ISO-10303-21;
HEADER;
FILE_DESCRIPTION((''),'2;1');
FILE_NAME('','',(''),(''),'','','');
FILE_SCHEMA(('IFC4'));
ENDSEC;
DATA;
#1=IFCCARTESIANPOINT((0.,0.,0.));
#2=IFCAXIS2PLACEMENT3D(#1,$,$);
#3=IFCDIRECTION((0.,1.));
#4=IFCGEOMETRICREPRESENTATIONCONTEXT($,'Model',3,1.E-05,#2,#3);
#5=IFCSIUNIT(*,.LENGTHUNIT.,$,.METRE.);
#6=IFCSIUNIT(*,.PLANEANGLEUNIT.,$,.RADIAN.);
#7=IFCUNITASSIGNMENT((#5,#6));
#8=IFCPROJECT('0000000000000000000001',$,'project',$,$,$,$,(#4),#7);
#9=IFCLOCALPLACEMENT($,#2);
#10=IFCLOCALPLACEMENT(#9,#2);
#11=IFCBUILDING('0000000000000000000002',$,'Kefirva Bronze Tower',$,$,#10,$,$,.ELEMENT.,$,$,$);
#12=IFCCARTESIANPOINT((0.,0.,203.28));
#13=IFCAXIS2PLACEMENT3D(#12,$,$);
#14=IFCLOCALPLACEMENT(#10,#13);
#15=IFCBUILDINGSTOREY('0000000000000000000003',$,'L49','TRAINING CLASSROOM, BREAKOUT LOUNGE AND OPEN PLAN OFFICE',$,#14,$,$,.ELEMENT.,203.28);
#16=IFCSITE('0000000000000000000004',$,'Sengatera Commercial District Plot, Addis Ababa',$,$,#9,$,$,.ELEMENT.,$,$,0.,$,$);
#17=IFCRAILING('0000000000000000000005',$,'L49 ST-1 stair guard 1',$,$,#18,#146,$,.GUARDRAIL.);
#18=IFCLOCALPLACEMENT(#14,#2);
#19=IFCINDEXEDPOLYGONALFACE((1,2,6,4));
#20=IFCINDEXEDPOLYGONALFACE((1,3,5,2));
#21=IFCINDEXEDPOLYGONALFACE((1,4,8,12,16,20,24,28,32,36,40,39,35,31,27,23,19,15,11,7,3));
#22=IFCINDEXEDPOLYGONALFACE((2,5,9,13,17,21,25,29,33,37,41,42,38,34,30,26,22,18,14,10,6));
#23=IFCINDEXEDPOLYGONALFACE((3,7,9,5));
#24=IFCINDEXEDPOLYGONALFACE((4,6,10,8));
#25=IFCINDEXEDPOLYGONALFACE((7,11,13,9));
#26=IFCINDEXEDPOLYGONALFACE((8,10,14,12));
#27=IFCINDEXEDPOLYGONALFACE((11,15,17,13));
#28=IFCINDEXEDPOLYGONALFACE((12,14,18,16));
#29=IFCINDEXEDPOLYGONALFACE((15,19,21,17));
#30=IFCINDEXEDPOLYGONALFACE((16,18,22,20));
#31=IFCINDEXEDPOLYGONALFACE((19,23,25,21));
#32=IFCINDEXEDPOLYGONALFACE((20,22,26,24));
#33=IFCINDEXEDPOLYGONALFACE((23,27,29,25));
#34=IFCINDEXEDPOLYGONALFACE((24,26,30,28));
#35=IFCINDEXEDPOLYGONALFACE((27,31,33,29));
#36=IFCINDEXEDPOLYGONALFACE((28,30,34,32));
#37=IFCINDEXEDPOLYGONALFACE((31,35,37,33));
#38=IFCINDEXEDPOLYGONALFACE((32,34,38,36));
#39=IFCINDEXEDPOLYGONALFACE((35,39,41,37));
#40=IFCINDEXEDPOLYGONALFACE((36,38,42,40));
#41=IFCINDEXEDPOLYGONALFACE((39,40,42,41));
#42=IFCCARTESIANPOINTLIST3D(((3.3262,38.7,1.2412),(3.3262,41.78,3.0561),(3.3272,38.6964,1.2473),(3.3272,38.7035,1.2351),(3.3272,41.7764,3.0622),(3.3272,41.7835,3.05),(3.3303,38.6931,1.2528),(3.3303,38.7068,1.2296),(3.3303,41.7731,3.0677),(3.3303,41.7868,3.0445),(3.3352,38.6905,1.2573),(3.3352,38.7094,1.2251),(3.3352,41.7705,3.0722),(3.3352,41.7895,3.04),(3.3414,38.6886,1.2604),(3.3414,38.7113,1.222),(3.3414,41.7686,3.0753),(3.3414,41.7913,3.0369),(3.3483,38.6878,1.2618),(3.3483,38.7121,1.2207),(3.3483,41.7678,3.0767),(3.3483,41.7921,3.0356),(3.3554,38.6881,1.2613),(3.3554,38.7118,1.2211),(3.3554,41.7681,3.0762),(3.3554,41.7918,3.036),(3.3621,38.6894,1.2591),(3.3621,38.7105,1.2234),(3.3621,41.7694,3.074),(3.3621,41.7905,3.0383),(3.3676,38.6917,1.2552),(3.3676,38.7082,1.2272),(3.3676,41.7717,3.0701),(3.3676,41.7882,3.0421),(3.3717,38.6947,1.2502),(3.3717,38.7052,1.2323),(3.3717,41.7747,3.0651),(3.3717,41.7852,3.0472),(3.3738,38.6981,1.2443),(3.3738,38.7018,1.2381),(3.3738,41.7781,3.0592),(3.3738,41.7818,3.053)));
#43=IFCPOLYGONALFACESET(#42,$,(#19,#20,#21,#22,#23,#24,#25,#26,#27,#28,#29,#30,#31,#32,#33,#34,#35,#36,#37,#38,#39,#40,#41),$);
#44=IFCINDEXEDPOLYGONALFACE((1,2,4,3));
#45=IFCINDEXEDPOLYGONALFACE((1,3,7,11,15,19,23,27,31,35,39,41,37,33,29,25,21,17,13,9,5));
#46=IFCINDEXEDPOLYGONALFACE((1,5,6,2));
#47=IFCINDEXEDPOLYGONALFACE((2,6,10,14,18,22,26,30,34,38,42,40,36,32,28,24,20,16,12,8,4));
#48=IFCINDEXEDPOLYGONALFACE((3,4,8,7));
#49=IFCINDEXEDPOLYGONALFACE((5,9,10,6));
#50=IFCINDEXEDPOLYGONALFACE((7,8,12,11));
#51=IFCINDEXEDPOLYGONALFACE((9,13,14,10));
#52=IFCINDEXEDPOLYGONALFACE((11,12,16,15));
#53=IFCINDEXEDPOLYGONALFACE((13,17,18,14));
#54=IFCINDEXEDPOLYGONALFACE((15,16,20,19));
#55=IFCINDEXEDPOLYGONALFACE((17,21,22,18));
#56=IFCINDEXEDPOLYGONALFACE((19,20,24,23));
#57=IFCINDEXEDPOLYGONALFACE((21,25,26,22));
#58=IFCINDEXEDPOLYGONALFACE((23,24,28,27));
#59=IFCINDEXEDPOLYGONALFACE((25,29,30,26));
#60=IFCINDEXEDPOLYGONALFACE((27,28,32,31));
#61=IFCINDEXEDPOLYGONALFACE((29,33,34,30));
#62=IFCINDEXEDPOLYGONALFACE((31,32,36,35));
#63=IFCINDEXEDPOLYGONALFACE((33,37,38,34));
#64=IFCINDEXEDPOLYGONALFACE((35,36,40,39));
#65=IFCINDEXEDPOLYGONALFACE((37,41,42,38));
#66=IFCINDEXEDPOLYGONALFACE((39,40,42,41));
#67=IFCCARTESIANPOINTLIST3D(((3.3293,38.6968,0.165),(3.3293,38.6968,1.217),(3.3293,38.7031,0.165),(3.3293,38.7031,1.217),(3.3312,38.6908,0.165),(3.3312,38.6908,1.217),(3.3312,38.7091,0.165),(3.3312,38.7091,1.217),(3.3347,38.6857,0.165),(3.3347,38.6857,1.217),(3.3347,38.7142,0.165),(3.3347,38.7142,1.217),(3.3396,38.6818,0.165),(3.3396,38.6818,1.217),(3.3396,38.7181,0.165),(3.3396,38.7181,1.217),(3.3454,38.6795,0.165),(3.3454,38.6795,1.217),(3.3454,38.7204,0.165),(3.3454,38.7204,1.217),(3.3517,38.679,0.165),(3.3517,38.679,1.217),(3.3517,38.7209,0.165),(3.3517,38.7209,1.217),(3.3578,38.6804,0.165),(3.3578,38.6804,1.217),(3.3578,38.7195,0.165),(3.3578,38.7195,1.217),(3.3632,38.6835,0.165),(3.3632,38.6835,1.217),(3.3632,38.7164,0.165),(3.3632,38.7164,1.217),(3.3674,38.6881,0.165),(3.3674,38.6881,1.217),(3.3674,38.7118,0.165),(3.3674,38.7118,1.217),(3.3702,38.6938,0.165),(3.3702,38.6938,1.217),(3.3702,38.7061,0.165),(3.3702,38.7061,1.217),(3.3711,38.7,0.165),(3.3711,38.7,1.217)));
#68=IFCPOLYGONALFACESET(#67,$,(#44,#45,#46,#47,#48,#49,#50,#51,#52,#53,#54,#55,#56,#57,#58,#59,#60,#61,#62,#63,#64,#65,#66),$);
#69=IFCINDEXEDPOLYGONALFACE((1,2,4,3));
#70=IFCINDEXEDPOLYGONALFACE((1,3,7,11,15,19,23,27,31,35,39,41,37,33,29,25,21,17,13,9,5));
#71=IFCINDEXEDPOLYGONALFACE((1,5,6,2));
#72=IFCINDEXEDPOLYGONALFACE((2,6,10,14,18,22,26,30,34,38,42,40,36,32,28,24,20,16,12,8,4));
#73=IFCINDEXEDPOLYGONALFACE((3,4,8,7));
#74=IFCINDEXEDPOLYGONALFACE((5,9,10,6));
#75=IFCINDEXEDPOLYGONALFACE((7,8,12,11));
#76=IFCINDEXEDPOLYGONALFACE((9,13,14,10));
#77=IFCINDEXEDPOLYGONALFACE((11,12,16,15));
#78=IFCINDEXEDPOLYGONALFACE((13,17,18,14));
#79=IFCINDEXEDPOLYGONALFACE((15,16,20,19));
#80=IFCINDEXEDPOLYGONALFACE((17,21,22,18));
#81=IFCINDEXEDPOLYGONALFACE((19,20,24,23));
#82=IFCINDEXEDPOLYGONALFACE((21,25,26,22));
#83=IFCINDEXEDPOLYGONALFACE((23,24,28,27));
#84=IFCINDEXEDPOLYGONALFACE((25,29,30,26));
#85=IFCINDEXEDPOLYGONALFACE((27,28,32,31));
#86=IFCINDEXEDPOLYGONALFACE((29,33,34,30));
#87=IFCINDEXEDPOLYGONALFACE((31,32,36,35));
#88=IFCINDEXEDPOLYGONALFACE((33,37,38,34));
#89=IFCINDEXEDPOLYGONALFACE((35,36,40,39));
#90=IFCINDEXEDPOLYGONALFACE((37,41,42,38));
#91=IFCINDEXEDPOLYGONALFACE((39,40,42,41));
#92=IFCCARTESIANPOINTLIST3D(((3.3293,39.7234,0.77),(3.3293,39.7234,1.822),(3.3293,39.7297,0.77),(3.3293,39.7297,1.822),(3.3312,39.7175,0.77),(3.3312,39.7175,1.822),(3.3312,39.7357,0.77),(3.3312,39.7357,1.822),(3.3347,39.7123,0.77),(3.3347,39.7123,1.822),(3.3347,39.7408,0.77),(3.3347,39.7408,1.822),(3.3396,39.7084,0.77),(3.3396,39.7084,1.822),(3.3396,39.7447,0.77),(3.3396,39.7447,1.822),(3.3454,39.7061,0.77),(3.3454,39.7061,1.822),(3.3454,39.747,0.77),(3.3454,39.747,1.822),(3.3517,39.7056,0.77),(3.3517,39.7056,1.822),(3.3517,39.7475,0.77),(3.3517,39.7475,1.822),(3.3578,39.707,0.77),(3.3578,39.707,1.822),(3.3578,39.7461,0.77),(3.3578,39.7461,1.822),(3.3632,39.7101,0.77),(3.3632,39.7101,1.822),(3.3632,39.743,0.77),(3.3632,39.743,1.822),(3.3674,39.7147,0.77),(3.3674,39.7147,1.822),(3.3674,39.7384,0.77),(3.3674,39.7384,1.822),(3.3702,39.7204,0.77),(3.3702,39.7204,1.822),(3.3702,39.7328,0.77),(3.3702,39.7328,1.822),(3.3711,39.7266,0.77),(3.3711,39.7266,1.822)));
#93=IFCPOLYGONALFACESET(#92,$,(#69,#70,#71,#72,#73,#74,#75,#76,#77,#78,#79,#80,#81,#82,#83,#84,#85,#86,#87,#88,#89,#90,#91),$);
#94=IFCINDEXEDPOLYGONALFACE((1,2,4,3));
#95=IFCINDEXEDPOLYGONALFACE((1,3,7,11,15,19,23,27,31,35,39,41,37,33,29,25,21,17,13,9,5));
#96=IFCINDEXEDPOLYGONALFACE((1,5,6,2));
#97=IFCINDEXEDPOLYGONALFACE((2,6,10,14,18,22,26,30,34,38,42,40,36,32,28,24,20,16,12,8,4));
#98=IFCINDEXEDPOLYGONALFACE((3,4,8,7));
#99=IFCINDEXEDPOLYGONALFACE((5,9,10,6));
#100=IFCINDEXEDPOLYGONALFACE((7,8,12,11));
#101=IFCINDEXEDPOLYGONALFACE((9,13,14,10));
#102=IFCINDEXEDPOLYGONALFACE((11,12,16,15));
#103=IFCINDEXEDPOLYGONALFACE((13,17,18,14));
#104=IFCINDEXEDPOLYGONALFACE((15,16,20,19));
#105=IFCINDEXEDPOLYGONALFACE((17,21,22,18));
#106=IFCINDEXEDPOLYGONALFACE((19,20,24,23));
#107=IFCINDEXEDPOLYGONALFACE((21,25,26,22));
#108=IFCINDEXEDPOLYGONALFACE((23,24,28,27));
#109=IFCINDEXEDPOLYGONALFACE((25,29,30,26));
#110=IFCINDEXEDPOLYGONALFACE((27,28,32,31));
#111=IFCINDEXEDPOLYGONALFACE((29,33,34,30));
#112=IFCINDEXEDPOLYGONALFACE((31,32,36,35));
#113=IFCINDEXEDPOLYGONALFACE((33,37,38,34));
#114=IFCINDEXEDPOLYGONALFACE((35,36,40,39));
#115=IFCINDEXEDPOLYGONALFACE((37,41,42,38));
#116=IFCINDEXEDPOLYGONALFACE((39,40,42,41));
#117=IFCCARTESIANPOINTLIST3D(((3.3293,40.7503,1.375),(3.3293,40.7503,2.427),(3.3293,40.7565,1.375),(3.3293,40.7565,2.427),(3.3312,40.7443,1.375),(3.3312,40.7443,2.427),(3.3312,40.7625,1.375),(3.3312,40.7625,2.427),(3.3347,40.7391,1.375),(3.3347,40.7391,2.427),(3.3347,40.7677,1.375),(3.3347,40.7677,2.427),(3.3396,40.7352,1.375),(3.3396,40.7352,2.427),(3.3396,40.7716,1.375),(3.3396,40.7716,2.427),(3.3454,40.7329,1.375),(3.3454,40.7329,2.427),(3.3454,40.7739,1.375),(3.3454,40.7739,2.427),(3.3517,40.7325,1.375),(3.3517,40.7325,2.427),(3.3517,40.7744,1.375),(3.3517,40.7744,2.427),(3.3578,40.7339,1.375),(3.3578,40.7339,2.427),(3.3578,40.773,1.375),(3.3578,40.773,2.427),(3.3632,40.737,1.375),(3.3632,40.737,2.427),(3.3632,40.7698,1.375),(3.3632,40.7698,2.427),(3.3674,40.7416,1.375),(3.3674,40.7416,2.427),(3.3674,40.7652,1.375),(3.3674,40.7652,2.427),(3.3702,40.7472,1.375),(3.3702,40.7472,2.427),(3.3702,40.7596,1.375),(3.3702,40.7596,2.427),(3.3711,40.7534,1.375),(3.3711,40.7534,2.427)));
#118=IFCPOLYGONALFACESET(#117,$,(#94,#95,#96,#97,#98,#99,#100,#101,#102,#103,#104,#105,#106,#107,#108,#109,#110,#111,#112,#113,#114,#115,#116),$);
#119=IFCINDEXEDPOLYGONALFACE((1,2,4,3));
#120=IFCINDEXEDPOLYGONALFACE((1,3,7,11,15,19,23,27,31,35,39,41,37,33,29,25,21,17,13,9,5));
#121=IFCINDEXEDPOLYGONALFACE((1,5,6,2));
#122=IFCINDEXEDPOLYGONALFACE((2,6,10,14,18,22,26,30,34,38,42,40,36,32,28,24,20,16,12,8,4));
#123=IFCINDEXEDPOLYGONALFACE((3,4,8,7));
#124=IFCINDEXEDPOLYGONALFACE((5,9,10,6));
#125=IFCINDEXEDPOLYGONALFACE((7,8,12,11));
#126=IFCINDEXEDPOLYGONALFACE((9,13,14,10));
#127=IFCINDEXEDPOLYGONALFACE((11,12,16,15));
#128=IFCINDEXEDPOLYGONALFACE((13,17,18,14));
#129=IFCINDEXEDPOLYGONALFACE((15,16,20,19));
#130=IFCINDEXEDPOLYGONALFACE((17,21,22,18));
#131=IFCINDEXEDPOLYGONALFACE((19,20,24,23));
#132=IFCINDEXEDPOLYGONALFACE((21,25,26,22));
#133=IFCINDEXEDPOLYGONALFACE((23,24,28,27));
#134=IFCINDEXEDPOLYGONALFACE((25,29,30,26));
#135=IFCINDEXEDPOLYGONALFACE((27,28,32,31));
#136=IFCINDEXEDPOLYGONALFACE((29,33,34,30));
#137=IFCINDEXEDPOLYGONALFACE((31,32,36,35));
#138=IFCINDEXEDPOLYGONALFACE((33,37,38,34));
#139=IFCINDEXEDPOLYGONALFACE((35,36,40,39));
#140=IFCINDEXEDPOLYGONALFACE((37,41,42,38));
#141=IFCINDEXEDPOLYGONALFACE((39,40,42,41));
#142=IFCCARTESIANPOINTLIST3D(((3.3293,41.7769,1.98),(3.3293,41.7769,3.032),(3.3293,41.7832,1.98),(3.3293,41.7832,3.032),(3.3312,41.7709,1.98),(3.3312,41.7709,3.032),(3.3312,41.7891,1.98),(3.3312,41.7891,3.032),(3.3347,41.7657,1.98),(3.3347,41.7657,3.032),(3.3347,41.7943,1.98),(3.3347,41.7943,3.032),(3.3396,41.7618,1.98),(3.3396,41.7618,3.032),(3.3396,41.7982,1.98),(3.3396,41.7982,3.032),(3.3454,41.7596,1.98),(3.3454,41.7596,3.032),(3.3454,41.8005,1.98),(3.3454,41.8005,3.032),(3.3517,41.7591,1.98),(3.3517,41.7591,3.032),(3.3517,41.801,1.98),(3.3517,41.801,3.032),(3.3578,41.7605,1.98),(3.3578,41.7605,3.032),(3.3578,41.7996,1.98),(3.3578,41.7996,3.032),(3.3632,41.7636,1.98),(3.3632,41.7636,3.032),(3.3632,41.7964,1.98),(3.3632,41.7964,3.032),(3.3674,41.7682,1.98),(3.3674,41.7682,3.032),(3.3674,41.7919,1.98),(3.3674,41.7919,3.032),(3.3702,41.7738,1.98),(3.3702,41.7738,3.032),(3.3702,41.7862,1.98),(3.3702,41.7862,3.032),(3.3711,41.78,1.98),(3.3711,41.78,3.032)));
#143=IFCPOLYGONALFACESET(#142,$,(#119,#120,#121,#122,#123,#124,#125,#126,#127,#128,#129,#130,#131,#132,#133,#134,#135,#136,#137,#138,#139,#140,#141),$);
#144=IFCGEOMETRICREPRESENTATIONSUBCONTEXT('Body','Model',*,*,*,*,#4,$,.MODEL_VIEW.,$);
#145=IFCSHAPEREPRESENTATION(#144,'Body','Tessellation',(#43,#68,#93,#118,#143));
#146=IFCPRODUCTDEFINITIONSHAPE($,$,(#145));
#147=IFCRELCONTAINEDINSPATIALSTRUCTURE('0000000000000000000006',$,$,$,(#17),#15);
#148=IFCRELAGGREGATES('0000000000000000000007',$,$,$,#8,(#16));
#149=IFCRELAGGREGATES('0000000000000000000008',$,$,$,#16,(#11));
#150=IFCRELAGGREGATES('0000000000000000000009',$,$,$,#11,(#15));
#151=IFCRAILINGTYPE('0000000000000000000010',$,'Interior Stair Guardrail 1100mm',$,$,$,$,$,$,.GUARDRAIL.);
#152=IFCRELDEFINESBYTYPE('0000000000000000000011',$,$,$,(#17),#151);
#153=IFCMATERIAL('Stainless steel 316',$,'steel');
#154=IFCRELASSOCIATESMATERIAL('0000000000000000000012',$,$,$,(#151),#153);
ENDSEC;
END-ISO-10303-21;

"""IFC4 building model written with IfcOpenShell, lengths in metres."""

from ifc_helpers import new_model, si_unit, direction, frame, origin, origin_2d, place, context, subcontext, project, spatial, circle, extrude, material, type_object, element, save


model = new_model("IFC4")

# Units and contexts
model_context = context("Model", 3, precision=1e-05, world=origin(), true_north=direction((0.0, 1.0)))
body_context = subcontext(model_context, "Body", "Model", "MODEL_VIEW")
ifc_project = project(units=[si_unit("LENGTHUNIT", "METRE"), si_unit("PLANEANGLEUNIT", "RADIAN")], contexts=[model_context])

# Site, building, storey
site_placement = place(None, origin())
site = spatial("IfcSite", under=ifc_project, at=site_placement, Name="Sengatera Commercial District Plot, Addis Ababa", CompositionType="ELEMENT", RefElevation=0.0)
building_placement = place(site_placement, origin())
building = spatial("IfcBuilding", under=site, at=building_placement, Name="Kefirva Bronze Tower", CompositionType="ELEMENT")
storey_placement = place(building_placement, frame((0.0, 0.0, 203.28)))
storey = spatial("IfcBuildingStorey", under=building, at=storey_placement, Name="L49", Description="TRAINING CLASSROOM, BREAKOUT LOUNGE AND OPEN PLAN OFFICE", CompositionType="ELEMENT", Elevation=203.28)

# Railing
ifc_material_1 = material(Name="Stainless steel 316", Category="steel")
railing_type_1 = type_object("IfcRailingType", Name="Interior Stair Guardrail 1100mm", PredefinedType="GUARDRAIL", material=ifc_material_1)
railing_1_placement = place(storey_placement, frame((3.3501, 38.7, 0.165)))
element("IfcRailing", 1, at=railing_1_placement, inside=storey, type_object=railing_type_1, Name="L49 ST-1 stair guard 1", PredefinedType="GUARDRAIL", context=body_context, shape_type="SweptSolid", body=[
    extrude(circle(Radius=0.0239, at=origin_2d()), frame((0.0, 0.0, 1.0762), z_axis=(0.0, 0.861551, 0.507671), x_axis=(-1.0, 0.0, 0.0)), (0.0, 0.0, 1.0), 3.575),
    extrude(circle(Radius=0.021, at=origin_2d()), origin(), (0.0, 0.0, 1.0), 1.052),
    extrude(circle(Radius=0.021, at=origin_2d()), frame((0.0, 1.0266, 0.605)), (0.0, 0.0, 1.0), 1.052),
    extrude(circle(Radius=0.021, at=origin_2d()), frame((0.0, 2.0535, 1.21)), (0.0, 0.0, 1.0), 1.052),
    extrude(circle(Radius=0.021, at=origin_2d()), frame((0.0, 3.0801, 1.8149)), (0.0, 0.0, 1.0), 1.052),
])

save(model, "model.ifc")
